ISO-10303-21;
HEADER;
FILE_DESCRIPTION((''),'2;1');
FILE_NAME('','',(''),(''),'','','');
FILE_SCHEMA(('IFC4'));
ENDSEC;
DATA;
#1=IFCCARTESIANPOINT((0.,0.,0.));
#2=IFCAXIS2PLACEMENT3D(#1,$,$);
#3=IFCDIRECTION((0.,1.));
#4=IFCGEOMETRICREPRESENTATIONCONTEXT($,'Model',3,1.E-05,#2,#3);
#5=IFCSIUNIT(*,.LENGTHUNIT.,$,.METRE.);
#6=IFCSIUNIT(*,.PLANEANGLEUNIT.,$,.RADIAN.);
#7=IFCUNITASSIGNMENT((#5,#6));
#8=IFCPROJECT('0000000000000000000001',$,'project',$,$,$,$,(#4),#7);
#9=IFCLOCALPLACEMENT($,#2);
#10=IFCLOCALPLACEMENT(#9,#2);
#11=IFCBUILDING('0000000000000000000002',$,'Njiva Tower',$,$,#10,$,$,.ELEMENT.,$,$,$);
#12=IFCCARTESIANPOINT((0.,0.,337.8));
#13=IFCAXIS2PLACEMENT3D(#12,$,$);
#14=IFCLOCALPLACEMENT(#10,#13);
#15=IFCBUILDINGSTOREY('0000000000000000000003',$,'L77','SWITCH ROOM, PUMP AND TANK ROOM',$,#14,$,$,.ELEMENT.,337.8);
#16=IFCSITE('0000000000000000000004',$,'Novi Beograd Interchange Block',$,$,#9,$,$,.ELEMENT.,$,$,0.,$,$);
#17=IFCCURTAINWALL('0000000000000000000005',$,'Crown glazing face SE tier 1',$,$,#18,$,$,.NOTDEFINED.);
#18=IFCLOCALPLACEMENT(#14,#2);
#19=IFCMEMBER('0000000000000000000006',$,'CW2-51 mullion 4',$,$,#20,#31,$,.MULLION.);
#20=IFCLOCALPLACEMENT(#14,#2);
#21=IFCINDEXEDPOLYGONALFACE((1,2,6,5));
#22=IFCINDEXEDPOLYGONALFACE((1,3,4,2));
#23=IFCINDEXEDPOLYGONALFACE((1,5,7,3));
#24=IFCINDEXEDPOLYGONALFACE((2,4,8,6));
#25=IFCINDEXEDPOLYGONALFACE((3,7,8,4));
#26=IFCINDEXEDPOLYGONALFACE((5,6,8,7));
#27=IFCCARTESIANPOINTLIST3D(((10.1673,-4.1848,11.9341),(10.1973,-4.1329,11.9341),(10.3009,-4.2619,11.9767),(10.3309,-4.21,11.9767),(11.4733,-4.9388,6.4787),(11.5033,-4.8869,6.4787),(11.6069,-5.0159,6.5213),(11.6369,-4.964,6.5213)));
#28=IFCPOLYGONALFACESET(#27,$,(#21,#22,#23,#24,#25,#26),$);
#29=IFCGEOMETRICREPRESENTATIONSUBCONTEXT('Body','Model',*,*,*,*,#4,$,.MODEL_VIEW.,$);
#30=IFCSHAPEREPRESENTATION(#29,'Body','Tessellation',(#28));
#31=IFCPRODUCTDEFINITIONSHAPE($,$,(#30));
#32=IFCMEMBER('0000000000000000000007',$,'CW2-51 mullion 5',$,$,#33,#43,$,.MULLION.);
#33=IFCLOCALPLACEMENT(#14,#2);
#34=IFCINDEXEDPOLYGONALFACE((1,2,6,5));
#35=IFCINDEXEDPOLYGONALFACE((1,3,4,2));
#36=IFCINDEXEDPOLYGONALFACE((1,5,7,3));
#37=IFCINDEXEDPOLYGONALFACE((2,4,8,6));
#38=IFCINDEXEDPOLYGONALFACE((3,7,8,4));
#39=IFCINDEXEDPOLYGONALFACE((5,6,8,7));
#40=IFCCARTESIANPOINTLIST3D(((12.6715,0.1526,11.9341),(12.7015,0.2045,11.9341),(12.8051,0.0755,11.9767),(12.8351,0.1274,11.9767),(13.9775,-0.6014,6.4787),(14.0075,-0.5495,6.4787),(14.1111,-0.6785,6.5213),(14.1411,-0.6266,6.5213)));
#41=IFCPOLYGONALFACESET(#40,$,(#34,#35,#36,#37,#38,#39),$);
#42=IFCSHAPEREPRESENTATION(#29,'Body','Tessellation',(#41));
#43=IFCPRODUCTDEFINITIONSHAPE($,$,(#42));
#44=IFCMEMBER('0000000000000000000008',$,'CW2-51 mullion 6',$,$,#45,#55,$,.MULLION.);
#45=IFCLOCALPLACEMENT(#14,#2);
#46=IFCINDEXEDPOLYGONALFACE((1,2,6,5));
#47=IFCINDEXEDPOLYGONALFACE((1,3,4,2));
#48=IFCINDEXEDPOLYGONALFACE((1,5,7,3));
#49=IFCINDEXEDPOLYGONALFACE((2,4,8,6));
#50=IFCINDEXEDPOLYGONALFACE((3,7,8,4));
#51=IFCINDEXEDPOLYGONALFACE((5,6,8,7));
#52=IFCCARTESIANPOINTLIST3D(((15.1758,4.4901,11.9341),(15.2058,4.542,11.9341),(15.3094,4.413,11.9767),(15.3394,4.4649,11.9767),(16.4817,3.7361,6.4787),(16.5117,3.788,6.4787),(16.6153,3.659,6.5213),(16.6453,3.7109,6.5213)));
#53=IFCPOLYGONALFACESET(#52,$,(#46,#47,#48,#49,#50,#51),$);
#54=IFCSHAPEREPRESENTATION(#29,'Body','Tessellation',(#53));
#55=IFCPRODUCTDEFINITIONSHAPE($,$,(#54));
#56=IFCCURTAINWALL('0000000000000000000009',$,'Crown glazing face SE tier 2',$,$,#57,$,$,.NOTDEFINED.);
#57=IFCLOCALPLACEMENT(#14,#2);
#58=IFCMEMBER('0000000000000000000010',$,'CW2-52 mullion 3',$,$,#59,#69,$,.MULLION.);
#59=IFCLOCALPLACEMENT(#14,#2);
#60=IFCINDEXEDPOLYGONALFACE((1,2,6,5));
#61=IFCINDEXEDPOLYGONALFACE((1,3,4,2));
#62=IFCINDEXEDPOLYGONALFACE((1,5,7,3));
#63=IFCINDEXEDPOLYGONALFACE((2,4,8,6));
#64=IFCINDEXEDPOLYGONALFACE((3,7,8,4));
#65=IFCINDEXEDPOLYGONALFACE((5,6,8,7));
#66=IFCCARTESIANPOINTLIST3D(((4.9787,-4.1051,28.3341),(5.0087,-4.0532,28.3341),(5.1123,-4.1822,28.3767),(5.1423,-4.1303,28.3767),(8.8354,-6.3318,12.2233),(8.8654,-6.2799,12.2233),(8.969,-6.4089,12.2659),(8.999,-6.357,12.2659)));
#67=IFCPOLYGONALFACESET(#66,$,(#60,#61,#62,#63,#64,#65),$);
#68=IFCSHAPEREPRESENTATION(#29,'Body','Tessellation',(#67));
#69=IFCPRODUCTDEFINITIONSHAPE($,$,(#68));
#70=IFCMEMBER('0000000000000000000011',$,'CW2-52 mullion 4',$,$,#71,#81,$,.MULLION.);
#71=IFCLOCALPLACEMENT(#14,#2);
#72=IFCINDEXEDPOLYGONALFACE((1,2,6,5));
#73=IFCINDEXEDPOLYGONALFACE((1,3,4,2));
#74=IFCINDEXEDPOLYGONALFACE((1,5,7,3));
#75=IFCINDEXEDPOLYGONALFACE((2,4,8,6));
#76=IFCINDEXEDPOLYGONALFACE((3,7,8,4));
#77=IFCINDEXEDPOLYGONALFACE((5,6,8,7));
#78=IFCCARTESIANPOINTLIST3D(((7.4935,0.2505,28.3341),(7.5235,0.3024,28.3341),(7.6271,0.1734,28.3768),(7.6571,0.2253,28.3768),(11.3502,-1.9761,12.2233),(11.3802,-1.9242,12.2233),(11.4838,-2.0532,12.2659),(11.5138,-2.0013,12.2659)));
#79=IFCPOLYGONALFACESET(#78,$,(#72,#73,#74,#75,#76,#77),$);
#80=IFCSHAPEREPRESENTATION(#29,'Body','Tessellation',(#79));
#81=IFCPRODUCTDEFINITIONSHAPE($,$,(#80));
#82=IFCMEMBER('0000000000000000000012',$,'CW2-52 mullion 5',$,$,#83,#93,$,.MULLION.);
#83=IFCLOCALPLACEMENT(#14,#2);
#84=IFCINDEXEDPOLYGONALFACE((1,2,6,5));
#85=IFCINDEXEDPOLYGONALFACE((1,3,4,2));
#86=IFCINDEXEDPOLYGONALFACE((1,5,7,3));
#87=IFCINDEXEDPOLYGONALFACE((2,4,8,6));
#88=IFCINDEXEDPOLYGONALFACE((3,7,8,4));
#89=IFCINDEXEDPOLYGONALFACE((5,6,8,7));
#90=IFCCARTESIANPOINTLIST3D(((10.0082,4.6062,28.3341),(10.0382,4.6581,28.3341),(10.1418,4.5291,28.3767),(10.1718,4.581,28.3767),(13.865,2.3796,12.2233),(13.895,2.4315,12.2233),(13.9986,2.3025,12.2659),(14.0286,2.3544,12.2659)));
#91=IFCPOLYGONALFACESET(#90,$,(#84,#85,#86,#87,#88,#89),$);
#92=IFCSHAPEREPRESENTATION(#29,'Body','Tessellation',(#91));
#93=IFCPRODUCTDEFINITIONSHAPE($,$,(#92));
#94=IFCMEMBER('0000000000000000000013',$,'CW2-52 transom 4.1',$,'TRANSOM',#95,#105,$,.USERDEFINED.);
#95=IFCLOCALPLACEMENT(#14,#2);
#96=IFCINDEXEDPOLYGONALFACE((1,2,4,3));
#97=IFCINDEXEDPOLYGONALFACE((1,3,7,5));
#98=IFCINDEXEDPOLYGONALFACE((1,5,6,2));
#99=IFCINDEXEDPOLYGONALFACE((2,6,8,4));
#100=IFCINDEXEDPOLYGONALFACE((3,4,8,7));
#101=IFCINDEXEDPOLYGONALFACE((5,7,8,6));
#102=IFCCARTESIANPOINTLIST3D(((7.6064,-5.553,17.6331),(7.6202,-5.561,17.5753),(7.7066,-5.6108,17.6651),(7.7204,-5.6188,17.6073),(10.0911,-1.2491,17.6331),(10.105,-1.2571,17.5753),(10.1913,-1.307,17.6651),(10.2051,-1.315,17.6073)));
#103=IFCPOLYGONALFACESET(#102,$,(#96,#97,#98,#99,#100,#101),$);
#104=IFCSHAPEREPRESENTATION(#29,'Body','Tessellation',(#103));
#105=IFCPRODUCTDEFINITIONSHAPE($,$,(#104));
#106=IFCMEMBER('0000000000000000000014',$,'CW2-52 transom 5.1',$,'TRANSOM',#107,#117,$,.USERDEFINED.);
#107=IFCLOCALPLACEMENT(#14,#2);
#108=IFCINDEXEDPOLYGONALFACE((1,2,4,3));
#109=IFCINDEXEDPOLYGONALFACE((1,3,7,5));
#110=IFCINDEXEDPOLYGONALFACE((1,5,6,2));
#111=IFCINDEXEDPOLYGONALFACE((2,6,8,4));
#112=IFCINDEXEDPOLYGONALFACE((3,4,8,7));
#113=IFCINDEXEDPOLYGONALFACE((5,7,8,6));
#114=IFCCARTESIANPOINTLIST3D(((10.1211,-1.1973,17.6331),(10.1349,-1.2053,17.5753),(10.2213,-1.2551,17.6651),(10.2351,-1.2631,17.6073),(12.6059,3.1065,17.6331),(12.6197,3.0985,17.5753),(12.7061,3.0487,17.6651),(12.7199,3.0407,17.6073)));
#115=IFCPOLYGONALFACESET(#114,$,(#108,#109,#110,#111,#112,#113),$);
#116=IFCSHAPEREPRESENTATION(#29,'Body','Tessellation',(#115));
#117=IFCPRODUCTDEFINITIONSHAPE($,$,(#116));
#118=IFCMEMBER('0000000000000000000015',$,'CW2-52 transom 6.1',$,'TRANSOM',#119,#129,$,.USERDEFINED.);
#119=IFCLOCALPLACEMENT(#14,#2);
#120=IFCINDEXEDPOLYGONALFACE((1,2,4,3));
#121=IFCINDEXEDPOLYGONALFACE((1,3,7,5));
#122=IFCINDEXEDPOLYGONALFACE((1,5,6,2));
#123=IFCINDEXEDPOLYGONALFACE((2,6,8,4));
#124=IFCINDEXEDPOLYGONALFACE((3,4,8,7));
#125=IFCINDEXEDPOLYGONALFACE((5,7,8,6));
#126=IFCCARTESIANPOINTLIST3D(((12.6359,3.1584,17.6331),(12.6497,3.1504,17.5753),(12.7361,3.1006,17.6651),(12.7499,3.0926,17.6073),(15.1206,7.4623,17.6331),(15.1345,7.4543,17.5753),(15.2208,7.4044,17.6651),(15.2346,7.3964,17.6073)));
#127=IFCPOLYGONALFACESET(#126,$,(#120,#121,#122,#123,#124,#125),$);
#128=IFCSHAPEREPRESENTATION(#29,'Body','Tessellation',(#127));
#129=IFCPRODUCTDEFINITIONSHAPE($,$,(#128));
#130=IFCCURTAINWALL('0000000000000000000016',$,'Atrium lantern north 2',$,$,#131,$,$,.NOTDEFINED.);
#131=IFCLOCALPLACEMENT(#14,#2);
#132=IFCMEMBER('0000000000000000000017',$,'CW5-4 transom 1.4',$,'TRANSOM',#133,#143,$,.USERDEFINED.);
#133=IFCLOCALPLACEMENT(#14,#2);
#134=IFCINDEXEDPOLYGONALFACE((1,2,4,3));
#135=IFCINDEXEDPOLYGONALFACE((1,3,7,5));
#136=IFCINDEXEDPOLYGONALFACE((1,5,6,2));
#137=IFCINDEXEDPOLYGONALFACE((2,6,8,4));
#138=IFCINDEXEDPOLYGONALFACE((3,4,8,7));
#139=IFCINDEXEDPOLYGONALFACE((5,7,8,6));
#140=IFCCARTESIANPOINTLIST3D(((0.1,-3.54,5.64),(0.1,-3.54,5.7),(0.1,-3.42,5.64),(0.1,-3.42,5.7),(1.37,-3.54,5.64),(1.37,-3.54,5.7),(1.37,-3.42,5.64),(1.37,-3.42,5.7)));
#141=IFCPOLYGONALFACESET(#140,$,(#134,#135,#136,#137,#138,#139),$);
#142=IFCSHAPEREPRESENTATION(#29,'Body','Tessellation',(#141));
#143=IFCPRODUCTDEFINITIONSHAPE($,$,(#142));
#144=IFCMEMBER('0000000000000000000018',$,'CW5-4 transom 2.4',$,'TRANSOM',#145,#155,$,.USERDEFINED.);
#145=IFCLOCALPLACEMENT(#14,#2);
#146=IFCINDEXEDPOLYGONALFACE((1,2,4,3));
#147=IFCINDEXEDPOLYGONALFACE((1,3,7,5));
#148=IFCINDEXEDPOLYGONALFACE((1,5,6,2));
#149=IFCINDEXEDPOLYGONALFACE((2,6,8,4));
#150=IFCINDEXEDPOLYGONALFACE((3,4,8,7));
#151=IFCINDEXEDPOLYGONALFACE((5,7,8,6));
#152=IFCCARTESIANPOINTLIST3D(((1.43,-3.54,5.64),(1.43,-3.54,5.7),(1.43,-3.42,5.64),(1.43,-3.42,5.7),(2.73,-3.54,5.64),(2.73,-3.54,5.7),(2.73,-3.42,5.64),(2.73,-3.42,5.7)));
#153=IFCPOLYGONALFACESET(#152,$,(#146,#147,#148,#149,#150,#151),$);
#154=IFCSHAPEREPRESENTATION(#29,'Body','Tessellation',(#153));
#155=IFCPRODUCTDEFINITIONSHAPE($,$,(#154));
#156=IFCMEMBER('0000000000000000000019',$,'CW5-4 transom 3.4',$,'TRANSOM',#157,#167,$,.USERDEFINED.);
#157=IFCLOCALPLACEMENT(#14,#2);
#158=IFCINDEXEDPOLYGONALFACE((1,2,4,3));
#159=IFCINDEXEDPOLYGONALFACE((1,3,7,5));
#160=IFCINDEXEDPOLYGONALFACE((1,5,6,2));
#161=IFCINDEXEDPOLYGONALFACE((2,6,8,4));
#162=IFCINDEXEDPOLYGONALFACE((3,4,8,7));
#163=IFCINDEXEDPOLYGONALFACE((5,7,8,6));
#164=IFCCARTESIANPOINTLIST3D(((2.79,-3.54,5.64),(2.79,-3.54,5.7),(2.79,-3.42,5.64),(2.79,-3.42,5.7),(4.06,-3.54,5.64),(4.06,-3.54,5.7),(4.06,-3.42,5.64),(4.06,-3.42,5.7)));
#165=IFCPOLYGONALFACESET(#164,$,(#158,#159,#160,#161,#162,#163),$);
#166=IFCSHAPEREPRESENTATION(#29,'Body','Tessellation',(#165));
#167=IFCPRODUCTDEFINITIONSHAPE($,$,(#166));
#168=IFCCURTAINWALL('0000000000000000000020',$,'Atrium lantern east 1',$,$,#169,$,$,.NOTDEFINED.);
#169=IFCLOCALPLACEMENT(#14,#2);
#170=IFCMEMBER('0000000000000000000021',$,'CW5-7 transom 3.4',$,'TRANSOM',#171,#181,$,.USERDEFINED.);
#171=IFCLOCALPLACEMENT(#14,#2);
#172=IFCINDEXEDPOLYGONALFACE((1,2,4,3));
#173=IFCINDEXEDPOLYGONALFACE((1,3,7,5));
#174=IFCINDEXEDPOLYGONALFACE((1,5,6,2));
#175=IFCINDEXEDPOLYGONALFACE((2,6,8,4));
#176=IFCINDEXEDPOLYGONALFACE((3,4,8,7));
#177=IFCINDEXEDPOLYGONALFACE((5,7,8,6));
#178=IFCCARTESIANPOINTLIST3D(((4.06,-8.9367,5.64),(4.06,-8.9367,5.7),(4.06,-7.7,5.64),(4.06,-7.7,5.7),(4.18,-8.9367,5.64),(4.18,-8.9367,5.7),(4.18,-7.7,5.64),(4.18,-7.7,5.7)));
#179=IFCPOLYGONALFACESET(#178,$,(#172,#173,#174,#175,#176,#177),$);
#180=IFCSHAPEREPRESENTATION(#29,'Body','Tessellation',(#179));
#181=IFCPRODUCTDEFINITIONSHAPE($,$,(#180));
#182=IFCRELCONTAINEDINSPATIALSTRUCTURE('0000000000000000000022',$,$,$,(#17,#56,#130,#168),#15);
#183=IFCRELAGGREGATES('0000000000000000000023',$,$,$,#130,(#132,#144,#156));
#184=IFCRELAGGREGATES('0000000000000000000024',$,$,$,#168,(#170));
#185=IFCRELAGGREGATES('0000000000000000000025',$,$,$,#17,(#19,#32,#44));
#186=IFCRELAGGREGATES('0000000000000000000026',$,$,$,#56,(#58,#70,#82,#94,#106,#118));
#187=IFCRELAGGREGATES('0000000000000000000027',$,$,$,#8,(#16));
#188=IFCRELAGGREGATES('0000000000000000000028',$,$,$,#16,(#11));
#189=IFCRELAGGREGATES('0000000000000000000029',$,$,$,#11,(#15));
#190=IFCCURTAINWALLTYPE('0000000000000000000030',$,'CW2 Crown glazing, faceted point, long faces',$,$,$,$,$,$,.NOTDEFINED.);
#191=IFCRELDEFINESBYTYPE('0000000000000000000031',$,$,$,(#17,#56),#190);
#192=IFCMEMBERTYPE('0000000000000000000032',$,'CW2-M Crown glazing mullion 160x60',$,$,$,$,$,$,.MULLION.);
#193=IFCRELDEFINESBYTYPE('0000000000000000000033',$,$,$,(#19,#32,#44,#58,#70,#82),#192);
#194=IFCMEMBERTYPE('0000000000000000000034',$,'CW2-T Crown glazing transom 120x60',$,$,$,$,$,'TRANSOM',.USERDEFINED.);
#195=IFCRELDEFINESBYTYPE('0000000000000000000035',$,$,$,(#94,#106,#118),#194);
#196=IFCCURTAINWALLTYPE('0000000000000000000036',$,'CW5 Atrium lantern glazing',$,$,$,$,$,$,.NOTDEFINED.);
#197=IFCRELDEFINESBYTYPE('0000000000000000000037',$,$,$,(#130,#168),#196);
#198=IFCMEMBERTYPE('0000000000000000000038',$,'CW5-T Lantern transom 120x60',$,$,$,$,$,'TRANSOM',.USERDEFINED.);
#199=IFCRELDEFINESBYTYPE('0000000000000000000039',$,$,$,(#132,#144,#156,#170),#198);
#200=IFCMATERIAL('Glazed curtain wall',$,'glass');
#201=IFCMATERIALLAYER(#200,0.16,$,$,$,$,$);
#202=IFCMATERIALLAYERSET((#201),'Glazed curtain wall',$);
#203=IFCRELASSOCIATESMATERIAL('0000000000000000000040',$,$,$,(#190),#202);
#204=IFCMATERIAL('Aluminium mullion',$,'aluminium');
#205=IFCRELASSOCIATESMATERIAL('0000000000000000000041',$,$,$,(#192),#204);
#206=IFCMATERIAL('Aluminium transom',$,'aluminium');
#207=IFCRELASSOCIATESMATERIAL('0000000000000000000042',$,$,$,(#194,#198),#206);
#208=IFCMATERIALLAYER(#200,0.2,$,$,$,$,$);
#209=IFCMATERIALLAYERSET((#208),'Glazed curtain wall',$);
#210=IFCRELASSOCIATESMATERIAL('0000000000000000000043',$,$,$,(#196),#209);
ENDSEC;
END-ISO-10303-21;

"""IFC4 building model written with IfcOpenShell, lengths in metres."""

from ifc_helpers import new_model, si_unit, direction, frame, origin, origin_2d, place, context, subcontext, project, spatial, rectangle, extrude, clip, halfspace, material, layer, layer_set, material_profile, profile_set, type_object, element, aggregate, save


model = new_model("IFC4")

# Units and contexts
model_context = context("Model", 3, precision=1e-05, world=origin(), true_north=direction((0.0, 1.0)))
body_context = subcontext(model_context, "Body", "Model", "MODEL_VIEW")
ifc_project = project(units=[si_unit("LENGTHUNIT", "METRE"), si_unit("PLANEANGLEUNIT", "RADIAN")], contexts=[model_context])

# Site, building, storey
site_placement = place(None, origin())
site = spatial("IfcSite", under=ifc_project, at=site_placement, Name="Novi Beograd Interchange Block", CompositionType="ELEMENT", RefElevation=0.0)
building_placement = place(site_placement, origin())
building = spatial("IfcBuilding", under=site, at=building_placement, Name="Njiva Tower", CompositionType="ELEMENT")
storey_placement = place(building_placement, frame((0.0, 0.0, 337.8)))
storey = spatial("IfcBuildingStorey", under=building, at=storey_placement, Name="L77", Description="SWITCH ROOM, PUMP AND TANK ROOM", CompositionType="ELEMENT", Elevation=337.8)

# Curtain walls, members
ifc_material_1 = material(Name="Glazed curtain wall", Category="glass")
ifc_layer_1 = layer(ifc_material_1, 0.16)
ifc_layer_set_1 = layer_set([ifc_layer_1], Name="Glazed curtain wall")
curtain_wall_type_1 = type_object("IfcCurtainWallType", Name="CW2 Crown glazing, faceted point, long faces", PredefinedType="NOTDEFINED", material=ifc_layer_set_1)
curtain_wall_1_placement = place(storey_placement, origin())
curtain_wall_1 = element("IfcCurtainWall", 1, at=curtain_wall_1_placement, inside=storey, type_object=curtain_wall_type_1, Name="Crown glazing face SE tier 1", PredefinedType="NOTDEFINED")
ifc_material_2 = material(Name="Aluminium mullion", Category="aluminium")
ifc_material_profile_1 = material_profile(ifc_material_2, rectangle(XDim=0.16, YDim=0.06, at=origin_2d()), Name="RECT 160x60")
ifc_profile_set_1 = profile_set([ifc_material_profile_1], Name="Aluminium mullion")
member_type_1 = type_object("IfcMemberType", Name="CW2-M Crown glazing mullion 160x60", PredefinedType="MULLION", material=ifc_profile_set_1)
member_1_placement = place(storey_placement, frame((11.5551, -4.9514, 6.5), z_axis=(-0.230742, 0.133216, 0.963852), x_axis=(0.834726, -0.481917, 0.266436)))
member_1 = element("IfcMember", 2, at=member_1_placement, type_object=member_type_1, Name="CW2-51 mullion 4", PredefinedType="MULLION", context=body_context, shape_type="Clipping", body=[
    clip(clip(extrude(rectangle(XDim=0.16, YDim=0.06, at=origin_2d()), origin(), (0.0, 0.0, 1.0), 5.66), halfspace(frame((0.08, 0.0, 0.0), z_axis=(-0.000008, -0.000003, -1.0), x_axis=(0.0, -1.0, 0.000003)), False)), halfspace(frame((0.08, 0.0, 5.66), z_axis=(0.000008, 0.000003, 1.0), x_axis=(0.0, 1.0, -0.000003)), False)),
])
member_2_placement = place(storey_placement, frame((14.0593, -0.614, 6.5), z_axis=(-0.230742, 0.133216, 0.963852), x_axis=(0.834726, -0.481917, 0.266436)))
member_2 = element("IfcMember", 3, at=member_2_placement, type_object=member_type_1, Name="CW2-51 mullion 5", PredefinedType="MULLION", context=body_context, shape_type="Clipping", body=[
    clip(clip(extrude(rectangle(XDim=0.16, YDim=0.06, at=origin_2d()), origin(), (0.0, 0.0, 1.0), 5.66), halfspace(frame((0.08, 0.0, 0.0), z_axis=(-0.000008, -0.000003, -1.0), x_axis=(0.0, -1.0, 0.000003)), False)), halfspace(frame((0.08, 0.0001, 5.66), z_axis=(0.000008, 0.000003, 1.0), x_axis=(0.0, 1.0, -0.000003)), False)),
])
member_3_placement = place(storey_placement, frame((16.5635, 3.7235, 6.5), z_axis=(-0.230726, 0.133216, 0.963856), x_axis=(0.834714, -0.481947, 0.266422)))
member_3 = element("IfcMember", 4, at=member_3_placement, type_object=member_type_1, Name="CW2-51 mullion 6", PredefinedType="MULLION", context=body_context, shape_type="Clipping", body=[
    clip(clip(extrude(rectangle(XDim=0.16, YDim=0.06, at=origin_2d()), origin(), (0.0, 0.0, 1.0), 5.66), halfspace(frame((0.08, 0.0, 0.0), z_axis=(0.000006, 0.000006, -1.0), x_axis=(0.0, -1.0, -0.000006)), False)), halfspace(frame((0.08, 0.0, 5.66), z_axis=(-0.000006, -0.000006, 1.0), x_axis=(0.0, 1.0, 0.000006)), False)),
])
curtain_wall_2_placement = place(storey_placement, origin())
curtain_wall_2 = element("IfcCurtainWall", 5, at=curtain_wall_2_placement, inside=storey, type_object=curtain_wall_type_1, Name="Crown glazing face SE tier 2", PredefinedType="NOTDEFINED")
member_4_placement = place(storey_placement, frame((8.9172, -6.3444, 12.2446), z_axis=(-0.230733, 0.133216, 0.963855), x_axis=(0.834719, -0.481933, 0.266429)))
member_4 = element("IfcMember", 6, at=member_4_placement, type_object=member_type_1, Name="CW2-52 mullion 3", PredefinedType="MULLION", context=body_context, shape_type="Clipping", body=[
    clip(clip(extrude(rectangle(XDim=0.16, YDim=0.06, at=origin_2d()), origin(), (0.0, 0.0, 1.0), 16.715), halfspace(frame((0.08, 0.0, 0.0), z_axis=(0.0, 0.000002, -1.0), x_axis=(0.0, -1.0, -0.000002)), False)), halfspace(frame((0.08, 0.0, 16.715), z_axis=(0.0, -0.000002, 1.0), x_axis=(0.0, 1.0, 0.000002)), False)),
])
member_5_placement = place(storey_placement, frame((11.432, -1.9887, 12.2446), z_axis=(-0.230733, 0.13321, 0.963855), x_axis=(0.834729, -0.481917, 0.266426)))
member_5 = element("IfcMember", 7, at=member_5_placement, type_object=member_type_1, Name="CW2-52 mullion 4", PredefinedType="MULLION", context=body_context, shape_type="Clipping", body=[
    clip(clip(extrude(rectangle(XDim=0.16, YDim=0.06, at=origin_2d()), origin(), (0.0, 0.0, 1.0), 16.715), halfspace(frame((0.08, 0.0, 0.0), z_axis=(0.000002, -0.000003, -1.0), x_axis=(0.0, -1.0, 0.000003)), False)), halfspace(frame((0.08, 0.0, 16.715), z_axis=(-0.000002, 0.000003, 1.0), x_axis=(0.0, 1.0, -0.000003)), False)),
])
member_6_placement = place(storey_placement, frame((13.9468, 2.367, 12.2446), z_axis=(-0.230739, 0.13321, 0.963854), x_axis=(0.834734, -0.481907, 0.266431)))
member_6 = element("IfcMember", 8, at=member_6_placement, type_object=member_type_1, Name="CW2-52 mullion 5", PredefinedType="MULLION", context=body_context, shape_type="Clipping", body=[
    clip(clip(extrude(rectangle(XDim=0.16, YDim=0.06, at=origin_2d()), origin(), (0.0, 0.0, 1.0), 16.715), halfspace(frame((0.08, -0.0001, 0.0), z_axis=(-0.000002, -0.000006, -1.0), x_axis=(0.0, -1.0, 0.000006)), False)), halfspace(frame((0.08, 0.0001, 16.715), z_axis=(0.000002, 0.000006, 1.0), x_axis=(0.0, 1.0, -0.000006)), False)),
])
ifc_material_3 = material(Name="Aluminium transom", Category="aluminium")
ifc_material_profile_2 = material_profile(ifc_material_3, rectangle(XDim=0.12, YDim=0.06, at=origin_2d()), Name="RECT 120x60")
ifc_profile_set_2 = profile_set([ifc_material_profile_2], Name="Aluminium transom")
member_type_2 = type_object("IfcMemberType", Name="CW2-T Crown glazing transom 120x60", ElementType="TRANSOM", PredefinedType="USERDEFINED", material=ifc_profile_set_2)
member_7_placement = place(storey_placement, frame((7.6634, -5.5859, 17.6202), z_axis=(0.499985, 0.866034, 0.0), x_axis=(0.834731, -0.481913, 0.266428)))
member_7 = element("IfcMember", 9, at=member_7_placement, type_object=member_type_2, Name="CW2-52 transom 4.1", ObjectType="TRANSOM", PredefinedType="USERDEFINED", context=body_context, shape_type="SweptSolid", body=[
    extrude(rectangle(XDim=0.12, YDim=0.06, at=origin_2d()), origin(), (0.0, 0.0, 1.0), 4.9696),
])
member_8_placement = place(storey_placement, frame((10.1781, -1.2302, 17.6202), z_axis=(0.5, 0.866025, 0.0), x_axis=(0.834723, -0.481927, 0.266428)))
member_8 = element("IfcMember", 10, at=member_8_placement, type_object=member_type_2, Name="CW2-52 transom 5.1", ObjectType="TRANSOM", PredefinedType="USERDEFINED", context=body_context, shape_type="SweptSolid", body=[
    extrude(rectangle(XDim=0.12, YDim=0.06, at=origin_2d()), origin(), (0.0, 0.0, 1.0), 4.9696),
])
member_9_placement = place(storey_placement, frame((12.6929, 3.1255, 17.6202), z_axis=(0.499985, 0.866034, 0.0), x_axis=(0.834731, -0.481913, 0.266428)))
member_9 = element("IfcMember", 11, at=member_9_placement, type_object=member_type_2, Name="CW2-52 transom 6.1", ObjectType="TRANSOM", PredefinedType="USERDEFINED", context=body_context, shape_type="SweptSolid", body=[
    extrude(rectangle(XDim=0.12, YDim=0.06, at=origin_2d()), origin(), (0.0, 0.0, 1.0), 4.9696),
])
ifc_layer_2 = layer(ifc_material_1, 0.2)
ifc_layer_set_2 = layer_set([ifc_layer_2], Name="Glazed curtain wall")
curtain_wall_type_2 = type_object("IfcCurtainWallType", Name="CW5 Atrium lantern glazing", PredefinedType="NOTDEFINED", material=ifc_layer_set_2)
curtain_wall_3_placement = place(storey_placement, origin())
curtain_wall_3 = element("IfcCurtainWall", 12, at=curtain_wall_3_placement, inside=storey, type_object=curtain_wall_type_2, Name="Atrium lantern north 2", PredefinedType="NOTDEFINED")
ifc_material_profile_3 = material_profile(ifc_material_3, rectangle(XDim=0.12, YDim=0.06, at=origin_2d()), Name="RECT 120x60")
ifc_profile_set_3 = profile_set([ifc_material_profile_3], Name="Aluminium transom")
member_type_3 = type_object("IfcMemberType", Name="CW5-T Lantern transom 120x60", ElementType="TRANSOM", PredefinedType="USERDEFINED", material=ifc_profile_set_3)
member_10_placement = place(storey_placement, frame((0.1, -3.48, 5.67), z_axis=(1.0, 0.0, 0.0), x_axis=(0.0, 1.0, 0.0)))
member_10 = element("IfcMember", 13, at=member_10_placement, type_object=member_type_3, Name="CW5-4 transom 1.4", ObjectType="TRANSOM", PredefinedType="USERDEFINED", context=body_context, shape_type="SweptSolid", body=[
    extrude(rectangle(XDim=0.12, YDim=0.06, at=origin_2d()), origin(), (0.0, 0.0, 1.0), 1.27),
])
member_11_placement = place(storey_placement, frame((1.43, -3.48, 5.67), z_axis=(1.0, 0.0, 0.0), x_axis=(0.0, 1.0, 0.0)))
member_11 = element("IfcMember", 14, at=member_11_placement, type_object=member_type_3, Name="CW5-4 transom 2.4", ObjectType="TRANSOM", PredefinedType="USERDEFINED", context=body_context, shape_type="SweptSolid", body=[
    extrude(rectangle(XDim=0.12, YDim=0.06, at=origin_2d()), origin(), (0.0, 0.0, 1.0), 1.3),
])
member_12_placement = place(storey_placement, frame((2.79, -3.48, 5.67), z_axis=(1.0, 0.0, 0.0), x_axis=(0.0, 1.0, 0.0)))
member_12 = element("IfcMember", 15, at=member_12_placement, type_object=member_type_3, Name="CW5-4 transom 3.4", ObjectType="TRANSOM", PredefinedType="USERDEFINED", context=body_context, shape_type="SweptSolid", body=[
    extrude(rectangle(XDim=0.12, YDim=0.06, at=origin_2d()), origin(), (0.0, 0.0, 1.0), 1.27),
])
aggregate(curtain_wall_3, [member_10, member_11, member_12])

# Curtain wall, member
curtain_wall_4_placement = place(storey_placement, origin())
curtain_wall_4 = element("IfcCurtainWall", 16, at=curtain_wall_4_placement, inside=storey, type_object=curtain_wall_type_2, Name="Atrium lantern east 1", PredefinedType="NOTDEFINED")
member_13_placement = place(storey_placement, frame((4.12, -8.9367, 5.67), z_axis=(0.0, 1.0, 0.0), x_axis=(-1.0, 0.0, 0.0)))
member_13 = element("IfcMember", 17, at=member_13_placement, type_object=member_type_3, Name="CW5-7 transom 3.4", ObjectType="TRANSOM", PredefinedType="USERDEFINED", context=body_context, shape_type="SweptSolid", body=[
    extrude(rectangle(XDim=0.12, YDim=0.06, at=origin_2d()), origin(), (0.0, 0.0, 1.0), 1.2367),
])
aggregate(curtain_wall_4, [member_13])

aggregate(curtain_wall_1, [member_1, member_2, member_3])
aggregate(curtain_wall_2, [member_4, member_5, member_6, member_7, member_8, member_9])

save(model, "model.ifc")
